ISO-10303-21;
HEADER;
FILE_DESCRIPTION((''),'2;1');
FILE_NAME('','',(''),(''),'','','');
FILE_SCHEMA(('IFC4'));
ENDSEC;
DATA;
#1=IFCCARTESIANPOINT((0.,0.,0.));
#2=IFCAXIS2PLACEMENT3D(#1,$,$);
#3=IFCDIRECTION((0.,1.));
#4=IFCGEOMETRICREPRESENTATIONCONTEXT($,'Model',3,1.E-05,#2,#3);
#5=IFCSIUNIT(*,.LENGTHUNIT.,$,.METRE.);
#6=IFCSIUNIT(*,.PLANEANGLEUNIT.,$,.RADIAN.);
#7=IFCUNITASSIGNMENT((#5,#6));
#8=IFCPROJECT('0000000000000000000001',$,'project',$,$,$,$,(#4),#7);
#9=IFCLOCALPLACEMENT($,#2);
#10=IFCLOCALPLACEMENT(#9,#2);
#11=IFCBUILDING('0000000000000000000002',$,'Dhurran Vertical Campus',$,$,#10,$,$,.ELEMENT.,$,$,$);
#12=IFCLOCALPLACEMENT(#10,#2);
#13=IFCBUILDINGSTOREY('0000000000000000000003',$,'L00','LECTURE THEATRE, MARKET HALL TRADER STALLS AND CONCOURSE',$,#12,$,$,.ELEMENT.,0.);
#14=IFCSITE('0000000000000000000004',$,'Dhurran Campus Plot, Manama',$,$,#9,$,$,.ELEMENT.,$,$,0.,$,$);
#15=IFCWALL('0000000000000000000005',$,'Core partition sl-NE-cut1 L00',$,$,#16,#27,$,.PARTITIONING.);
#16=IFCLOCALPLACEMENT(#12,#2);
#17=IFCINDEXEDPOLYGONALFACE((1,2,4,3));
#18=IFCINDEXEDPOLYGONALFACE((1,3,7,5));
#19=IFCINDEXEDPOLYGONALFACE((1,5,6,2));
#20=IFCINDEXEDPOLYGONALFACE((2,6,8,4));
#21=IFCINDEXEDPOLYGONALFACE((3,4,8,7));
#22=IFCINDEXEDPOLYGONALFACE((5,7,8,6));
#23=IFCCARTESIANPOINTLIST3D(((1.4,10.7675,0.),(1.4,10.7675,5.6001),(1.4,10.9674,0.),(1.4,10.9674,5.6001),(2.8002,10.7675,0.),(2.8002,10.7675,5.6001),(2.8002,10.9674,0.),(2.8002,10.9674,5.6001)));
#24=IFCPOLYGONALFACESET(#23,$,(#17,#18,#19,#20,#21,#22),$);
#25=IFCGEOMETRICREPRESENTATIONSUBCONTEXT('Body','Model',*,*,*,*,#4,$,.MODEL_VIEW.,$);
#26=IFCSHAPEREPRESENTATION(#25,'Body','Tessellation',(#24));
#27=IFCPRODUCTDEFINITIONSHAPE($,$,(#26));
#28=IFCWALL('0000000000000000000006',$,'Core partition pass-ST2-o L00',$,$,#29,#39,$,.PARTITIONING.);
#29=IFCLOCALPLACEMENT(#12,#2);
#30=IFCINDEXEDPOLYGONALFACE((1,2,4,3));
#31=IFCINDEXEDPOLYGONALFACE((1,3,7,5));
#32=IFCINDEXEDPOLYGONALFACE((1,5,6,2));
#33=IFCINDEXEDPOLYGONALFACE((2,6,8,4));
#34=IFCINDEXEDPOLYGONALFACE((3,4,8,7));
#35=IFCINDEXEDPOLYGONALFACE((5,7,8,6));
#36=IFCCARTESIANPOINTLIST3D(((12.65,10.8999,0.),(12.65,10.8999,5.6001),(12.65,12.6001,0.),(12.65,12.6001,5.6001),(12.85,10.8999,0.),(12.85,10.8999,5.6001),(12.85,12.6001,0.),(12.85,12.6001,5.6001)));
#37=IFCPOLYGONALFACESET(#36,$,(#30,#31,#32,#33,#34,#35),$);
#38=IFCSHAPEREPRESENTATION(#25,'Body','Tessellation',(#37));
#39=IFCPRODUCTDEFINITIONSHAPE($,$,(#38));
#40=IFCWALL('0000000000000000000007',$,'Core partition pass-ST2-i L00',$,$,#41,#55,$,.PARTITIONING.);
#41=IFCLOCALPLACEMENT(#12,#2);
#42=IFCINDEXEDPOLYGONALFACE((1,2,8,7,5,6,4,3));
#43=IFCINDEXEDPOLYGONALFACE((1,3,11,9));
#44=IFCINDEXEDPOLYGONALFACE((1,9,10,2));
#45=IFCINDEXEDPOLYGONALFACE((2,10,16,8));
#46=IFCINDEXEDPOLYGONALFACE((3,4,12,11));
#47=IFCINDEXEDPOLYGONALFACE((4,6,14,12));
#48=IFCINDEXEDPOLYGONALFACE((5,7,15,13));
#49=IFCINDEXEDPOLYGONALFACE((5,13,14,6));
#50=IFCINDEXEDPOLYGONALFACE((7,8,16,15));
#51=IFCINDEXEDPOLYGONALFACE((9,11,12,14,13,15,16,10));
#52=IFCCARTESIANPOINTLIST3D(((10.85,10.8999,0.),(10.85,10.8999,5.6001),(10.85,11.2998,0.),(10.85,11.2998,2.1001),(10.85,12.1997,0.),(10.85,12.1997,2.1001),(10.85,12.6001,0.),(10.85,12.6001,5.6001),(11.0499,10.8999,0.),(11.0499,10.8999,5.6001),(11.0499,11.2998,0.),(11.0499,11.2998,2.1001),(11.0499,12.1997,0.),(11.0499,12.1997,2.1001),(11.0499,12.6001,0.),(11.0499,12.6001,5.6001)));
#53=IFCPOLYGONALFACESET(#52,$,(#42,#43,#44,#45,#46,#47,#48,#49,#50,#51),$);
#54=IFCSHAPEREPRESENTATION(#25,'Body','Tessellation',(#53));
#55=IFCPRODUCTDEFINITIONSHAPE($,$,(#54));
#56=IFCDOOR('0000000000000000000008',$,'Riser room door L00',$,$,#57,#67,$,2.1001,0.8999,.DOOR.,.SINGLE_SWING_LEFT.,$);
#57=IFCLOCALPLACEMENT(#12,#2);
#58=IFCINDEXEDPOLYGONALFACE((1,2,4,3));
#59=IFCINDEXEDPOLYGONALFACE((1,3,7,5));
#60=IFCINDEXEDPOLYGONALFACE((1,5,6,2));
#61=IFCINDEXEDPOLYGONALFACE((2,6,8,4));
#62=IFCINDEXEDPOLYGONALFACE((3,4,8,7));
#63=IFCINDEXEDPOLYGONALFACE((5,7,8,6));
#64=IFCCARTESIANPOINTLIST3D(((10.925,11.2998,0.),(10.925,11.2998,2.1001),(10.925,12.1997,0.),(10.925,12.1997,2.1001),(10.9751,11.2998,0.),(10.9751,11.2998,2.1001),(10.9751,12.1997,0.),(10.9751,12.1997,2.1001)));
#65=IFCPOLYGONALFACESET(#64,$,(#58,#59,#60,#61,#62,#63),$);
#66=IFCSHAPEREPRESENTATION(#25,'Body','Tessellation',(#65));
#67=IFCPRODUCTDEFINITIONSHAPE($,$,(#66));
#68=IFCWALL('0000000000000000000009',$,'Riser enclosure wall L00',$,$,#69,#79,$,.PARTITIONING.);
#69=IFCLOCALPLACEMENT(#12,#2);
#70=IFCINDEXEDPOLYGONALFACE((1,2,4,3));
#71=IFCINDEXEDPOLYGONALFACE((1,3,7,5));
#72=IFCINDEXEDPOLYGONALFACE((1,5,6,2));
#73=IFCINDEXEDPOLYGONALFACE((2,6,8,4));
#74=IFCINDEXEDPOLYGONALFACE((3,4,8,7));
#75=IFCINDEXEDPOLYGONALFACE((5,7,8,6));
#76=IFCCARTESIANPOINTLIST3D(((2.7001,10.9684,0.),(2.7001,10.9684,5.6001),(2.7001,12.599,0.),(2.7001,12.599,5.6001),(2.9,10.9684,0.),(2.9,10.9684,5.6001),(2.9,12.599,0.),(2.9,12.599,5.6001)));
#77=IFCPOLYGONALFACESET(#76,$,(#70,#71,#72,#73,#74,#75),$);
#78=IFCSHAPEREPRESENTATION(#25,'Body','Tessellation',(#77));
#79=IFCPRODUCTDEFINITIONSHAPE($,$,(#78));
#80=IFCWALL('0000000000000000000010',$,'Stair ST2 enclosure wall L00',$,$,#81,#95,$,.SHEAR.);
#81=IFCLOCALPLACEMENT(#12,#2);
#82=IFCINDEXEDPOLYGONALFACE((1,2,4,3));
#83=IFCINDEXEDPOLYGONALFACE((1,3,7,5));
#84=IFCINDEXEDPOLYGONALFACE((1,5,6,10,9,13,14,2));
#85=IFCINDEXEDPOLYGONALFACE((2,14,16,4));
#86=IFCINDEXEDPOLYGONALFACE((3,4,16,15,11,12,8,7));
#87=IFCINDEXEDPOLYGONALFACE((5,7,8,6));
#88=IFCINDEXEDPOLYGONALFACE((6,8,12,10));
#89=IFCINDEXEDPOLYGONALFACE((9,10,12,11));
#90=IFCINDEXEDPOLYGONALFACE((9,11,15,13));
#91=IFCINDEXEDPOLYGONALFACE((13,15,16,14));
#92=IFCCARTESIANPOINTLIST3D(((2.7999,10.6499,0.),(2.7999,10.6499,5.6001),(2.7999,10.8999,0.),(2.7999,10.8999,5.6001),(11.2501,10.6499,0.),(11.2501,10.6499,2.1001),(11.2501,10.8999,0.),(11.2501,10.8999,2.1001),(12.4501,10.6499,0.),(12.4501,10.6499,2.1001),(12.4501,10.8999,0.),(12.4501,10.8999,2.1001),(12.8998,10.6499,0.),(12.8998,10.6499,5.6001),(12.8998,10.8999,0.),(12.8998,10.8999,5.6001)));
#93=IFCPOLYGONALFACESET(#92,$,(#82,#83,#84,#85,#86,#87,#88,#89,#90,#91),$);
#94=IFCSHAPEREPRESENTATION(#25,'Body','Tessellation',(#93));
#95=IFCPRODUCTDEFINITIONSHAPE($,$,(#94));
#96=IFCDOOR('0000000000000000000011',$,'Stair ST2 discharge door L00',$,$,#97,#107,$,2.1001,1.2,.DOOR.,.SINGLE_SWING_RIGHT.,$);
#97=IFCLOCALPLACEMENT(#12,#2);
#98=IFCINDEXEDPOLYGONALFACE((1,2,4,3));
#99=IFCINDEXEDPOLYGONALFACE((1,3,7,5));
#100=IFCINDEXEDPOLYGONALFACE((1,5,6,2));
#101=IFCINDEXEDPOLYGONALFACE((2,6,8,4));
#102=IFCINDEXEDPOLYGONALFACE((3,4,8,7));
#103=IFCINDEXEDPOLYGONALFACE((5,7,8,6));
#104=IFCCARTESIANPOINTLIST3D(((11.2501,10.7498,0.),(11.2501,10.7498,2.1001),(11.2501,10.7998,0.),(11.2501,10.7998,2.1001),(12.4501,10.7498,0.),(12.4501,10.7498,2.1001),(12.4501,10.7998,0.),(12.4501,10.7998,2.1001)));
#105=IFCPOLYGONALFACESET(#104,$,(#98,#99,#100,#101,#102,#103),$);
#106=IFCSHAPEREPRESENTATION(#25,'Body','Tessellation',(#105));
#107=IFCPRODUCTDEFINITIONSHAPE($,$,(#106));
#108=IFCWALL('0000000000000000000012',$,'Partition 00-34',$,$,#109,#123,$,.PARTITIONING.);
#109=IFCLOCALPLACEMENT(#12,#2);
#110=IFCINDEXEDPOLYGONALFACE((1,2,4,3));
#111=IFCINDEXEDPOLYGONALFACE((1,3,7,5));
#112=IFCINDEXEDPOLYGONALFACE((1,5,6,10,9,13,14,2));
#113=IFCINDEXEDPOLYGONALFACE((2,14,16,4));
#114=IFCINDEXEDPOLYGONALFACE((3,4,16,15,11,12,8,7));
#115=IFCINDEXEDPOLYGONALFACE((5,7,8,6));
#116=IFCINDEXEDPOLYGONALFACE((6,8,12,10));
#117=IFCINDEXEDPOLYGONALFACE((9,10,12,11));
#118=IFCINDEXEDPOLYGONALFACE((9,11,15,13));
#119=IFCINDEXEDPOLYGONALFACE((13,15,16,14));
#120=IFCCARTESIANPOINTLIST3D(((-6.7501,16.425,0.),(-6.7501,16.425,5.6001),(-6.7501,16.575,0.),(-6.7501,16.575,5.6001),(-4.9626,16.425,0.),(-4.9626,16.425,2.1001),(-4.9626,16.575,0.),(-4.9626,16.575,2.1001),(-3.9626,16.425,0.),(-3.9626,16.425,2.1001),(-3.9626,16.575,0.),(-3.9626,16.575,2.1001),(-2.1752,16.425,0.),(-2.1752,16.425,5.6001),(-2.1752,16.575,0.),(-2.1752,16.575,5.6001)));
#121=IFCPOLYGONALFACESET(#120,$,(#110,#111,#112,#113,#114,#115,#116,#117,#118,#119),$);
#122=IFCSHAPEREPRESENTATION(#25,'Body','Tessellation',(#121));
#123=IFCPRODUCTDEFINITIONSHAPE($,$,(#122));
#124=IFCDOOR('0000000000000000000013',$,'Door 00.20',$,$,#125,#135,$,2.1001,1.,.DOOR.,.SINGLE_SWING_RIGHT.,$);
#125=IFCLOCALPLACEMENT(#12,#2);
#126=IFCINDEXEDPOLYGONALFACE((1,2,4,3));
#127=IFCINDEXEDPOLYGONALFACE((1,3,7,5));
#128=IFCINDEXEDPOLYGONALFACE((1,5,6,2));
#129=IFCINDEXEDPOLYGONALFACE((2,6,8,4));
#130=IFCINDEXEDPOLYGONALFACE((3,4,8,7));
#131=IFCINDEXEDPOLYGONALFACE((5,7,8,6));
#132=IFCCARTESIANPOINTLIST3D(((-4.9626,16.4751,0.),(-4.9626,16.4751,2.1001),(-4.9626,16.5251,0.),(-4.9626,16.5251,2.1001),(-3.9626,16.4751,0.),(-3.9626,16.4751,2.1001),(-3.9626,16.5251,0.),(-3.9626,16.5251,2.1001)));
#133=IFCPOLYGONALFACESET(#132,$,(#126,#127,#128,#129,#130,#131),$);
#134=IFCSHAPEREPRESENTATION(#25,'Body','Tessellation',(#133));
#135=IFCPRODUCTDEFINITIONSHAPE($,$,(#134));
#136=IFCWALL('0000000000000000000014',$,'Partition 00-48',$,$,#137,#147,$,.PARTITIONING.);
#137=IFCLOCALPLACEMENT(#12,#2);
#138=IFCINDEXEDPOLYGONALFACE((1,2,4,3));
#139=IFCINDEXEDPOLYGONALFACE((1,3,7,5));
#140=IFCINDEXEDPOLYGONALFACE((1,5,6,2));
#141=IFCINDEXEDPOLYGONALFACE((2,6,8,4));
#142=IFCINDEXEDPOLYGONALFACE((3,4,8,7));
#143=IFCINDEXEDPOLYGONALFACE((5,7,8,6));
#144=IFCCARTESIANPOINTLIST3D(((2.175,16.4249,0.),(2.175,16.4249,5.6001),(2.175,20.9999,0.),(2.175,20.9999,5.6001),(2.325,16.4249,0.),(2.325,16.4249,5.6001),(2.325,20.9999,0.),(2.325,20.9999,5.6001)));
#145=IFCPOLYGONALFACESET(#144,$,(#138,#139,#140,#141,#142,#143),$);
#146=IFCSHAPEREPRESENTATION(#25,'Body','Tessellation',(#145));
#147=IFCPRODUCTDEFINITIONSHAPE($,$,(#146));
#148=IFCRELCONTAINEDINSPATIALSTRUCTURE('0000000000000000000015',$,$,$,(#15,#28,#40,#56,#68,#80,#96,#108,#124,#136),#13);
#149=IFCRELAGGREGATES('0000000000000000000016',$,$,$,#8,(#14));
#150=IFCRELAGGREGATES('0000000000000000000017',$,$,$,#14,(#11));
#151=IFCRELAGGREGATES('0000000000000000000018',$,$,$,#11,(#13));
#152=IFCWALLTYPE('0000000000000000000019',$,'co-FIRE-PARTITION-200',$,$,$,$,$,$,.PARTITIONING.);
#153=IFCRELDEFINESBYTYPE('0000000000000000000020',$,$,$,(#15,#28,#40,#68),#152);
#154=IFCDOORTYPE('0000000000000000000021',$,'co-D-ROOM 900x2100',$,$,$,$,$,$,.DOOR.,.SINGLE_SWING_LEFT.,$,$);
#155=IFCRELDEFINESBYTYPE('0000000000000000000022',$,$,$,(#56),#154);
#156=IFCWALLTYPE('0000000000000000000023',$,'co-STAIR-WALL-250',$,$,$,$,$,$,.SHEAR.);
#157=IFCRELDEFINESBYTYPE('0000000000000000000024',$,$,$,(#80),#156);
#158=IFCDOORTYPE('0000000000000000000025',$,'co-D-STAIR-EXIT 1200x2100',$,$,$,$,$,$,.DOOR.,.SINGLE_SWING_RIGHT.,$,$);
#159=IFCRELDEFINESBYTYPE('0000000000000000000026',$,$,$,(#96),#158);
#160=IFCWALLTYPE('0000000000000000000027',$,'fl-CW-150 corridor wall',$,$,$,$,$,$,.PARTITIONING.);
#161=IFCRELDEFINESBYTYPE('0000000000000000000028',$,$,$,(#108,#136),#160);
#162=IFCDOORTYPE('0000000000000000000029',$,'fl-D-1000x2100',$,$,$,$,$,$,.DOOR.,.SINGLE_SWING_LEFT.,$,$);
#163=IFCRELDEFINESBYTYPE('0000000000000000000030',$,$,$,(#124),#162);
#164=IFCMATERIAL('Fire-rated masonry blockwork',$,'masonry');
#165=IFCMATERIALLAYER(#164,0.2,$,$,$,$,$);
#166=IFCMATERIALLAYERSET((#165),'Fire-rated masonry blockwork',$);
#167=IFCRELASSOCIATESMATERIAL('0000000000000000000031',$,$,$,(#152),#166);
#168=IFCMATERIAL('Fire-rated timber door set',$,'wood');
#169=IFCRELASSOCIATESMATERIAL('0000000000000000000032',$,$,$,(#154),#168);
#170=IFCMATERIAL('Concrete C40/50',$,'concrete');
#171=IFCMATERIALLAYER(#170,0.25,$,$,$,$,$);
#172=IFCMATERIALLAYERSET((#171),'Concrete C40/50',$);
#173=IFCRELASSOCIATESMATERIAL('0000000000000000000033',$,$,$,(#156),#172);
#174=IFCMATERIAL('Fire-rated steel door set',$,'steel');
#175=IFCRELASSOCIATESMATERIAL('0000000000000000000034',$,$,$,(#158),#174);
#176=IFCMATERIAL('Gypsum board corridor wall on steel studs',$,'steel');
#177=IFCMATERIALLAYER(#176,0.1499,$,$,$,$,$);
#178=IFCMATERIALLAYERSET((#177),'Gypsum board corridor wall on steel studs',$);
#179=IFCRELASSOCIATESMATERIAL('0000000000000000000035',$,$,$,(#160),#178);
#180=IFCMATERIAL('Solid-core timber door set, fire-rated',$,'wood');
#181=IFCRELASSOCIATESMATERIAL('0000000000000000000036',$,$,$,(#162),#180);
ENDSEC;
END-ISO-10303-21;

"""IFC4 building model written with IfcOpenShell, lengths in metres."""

from ifc_helpers import new_model, si_unit, direction, frame, frame_2d, origin, place, context, subcontext, project, spatial, rectangle, extrude, material, layer, layer_set, type_object, element, fill, save


model = new_model("IFC4")

# Units and contexts
model_context = context("Model", 3, precision=1e-05, world=origin(), true_north=direction((0.0, 1.0)))
body_context = subcontext(model_context, "Body", "Model", "MODEL_VIEW")
ifc_project = project(units=[si_unit("LENGTHUNIT", "METRE"), si_unit("PLANEANGLEUNIT", "RADIAN")], contexts=[model_context])

# Site, building, storey
site_placement = place(None, origin())
site = spatial("IfcSite", under=ifc_project, at=site_placement, Name="Dhurran Campus Plot, Manama", CompositionType="ELEMENT", RefElevation=0.0)
building_placement = place(site_placement, origin())
building = spatial("IfcBuilding", under=site, at=building_placement, Name="Dhurran Vertical Campus", CompositionType="ELEMENT")
storey_placement = place(building_placement, origin())
storey = spatial("IfcBuildingStorey", under=building, at=storey_placement, Name="L00", Description="LECTURE THEATRE, MARKET HALL TRADER STALLS AND CONCOURSE", CompositionType="ELEMENT", Elevation=0.0)

# Walls
ifc_material_1 = material(Name="Fire-rated masonry blockwork", Category="masonry")
ifc_layer_1 = layer(ifc_material_1, 0.2)
ifc_layer_set_1 = layer_set([ifc_layer_1], Name="Fire-rated masonry blockwork")
wall_type_1 = type_object("IfcWallType", Name="co-FIRE-PARTITION-200", PredefinedType="PARTITIONING", material=ifc_layer_set_1)
wall_1_placement = place(storey_placement, frame((1.3999, 10.8674, 0.0), z_axis=(0.0, 0.0, 1.0), x_axis=(1.0, 0.0, 0.0)))
element("IfcWall", 1, at=wall_1_placement, inside=storey, type_object=wall_type_1, Name="Core partition sl-NE-cut1 L00", PredefinedType="PARTITIONING", context=body_context, shape_type="SweptSolid", body=[
    extrude(rectangle(XDim=1.4001, YDim=0.2, at=frame_2d((0.7002, 0.0))), origin(), (0.0, 0.0, 1.0), 5.6001),
])
wall_2_placement = place(storey_placement, frame((12.75, 10.8999, 0.0), z_axis=(0.0, 0.0, 1.0), x_axis=(0.0, 1.0, 0.0)))
element("IfcWall", 2, at=wall_2_placement, inside=storey, type_object=wall_type_1, Name="Core partition pass-ST2-o L00", PredefinedType="PARTITIONING", context=body_context, shape_type="SweptSolid", body=[
    extrude(rectangle(XDim=1.7002, YDim=0.2, at=frame_2d((0.8501, 0.0))), origin(), (0.0, 0.0, 1.0), 5.6001),
])

# Wall, opening, door
wall_3_placement = place(storey_placement, frame((10.95, 10.8999, 0.0), z_axis=(0.0, 0.0, 1.0), x_axis=(0.0, 1.0, 0.0)))
wall_3 = element("IfcWall", 3, at=wall_3_placement, inside=storey, type_object=wall_type_1, Name="Core partition pass-ST2-i L00", PredefinedType="PARTITIONING", context=body_context, shape_type="SweptSolid", body=[
    extrude(rectangle(XDim=1.7002, YDim=0.2, at=frame_2d((0.8501, 0.0))), origin(), (0.0, 0.0, 1.0), 5.6001),
])
opening_1_placement = place(wall_3_placement, frame((0.3999, 0.0, 0.0)))
opening_1 = element("IfcOpeningElement", 4, at=opening_1_placement, cuts=wall_3, PredefinedType="OPENING", context=body_context, shape_type="SweptSolid", body=[
    extrude(rectangle(XDim=0.8999, YDim=2.1001, at=frame_2d((0.45, 1.05))), frame((0.0, 0.1099, 0.0), z_axis=(0.0, -1.0, 0.0), x_axis=(1.0, 0.0, 0.0)), (0.0, 0.0, 1.0), 0.22),
])
ifc_material_2 = material(Name="Fire-rated timber door set", Category="wood")
door_type_1 = type_object("IfcDoorType", Name="co-D-ROOM 900x2100", OperationType="SINGLE_SWING_LEFT", PredefinedType="DOOR", material=ifc_material_2)
door_1_placement = place(opening_1_placement, origin())
door_1 = element("IfcDoor", 5, at=door_1_placement, inside=storey, type_object=door_type_1, Name="Riser room door L00", OperationType="SINGLE_SWING_LEFT", OverallHeight=2.1001, OverallWidth=0.8999, PredefinedType="DOOR", context=body_context, shape_type="SweptSolid", body=[
    extrude(rectangle(XDim=0.8999, YDim=2.1001, at=frame_2d((0.45, 1.05))), frame((0.0, 0.0249, 0.0), z_axis=(0.0, -1.0, 0.0), x_axis=(1.0, 0.0, 0.0)), (0.0, 0.0, 1.0), 0.05),
])
fill(opening_1, door_1)

# Wall
wall_4_placement = place(storey_placement, frame((2.8, 12.5991, 0.0), z_axis=(0.0, 0.0, 1.0), x_axis=(0.0, -1.0, 0.0)))
element("IfcWall", 6, at=wall_4_placement, inside=storey, type_object=wall_type_1, Name="Riser enclosure wall L00", PredefinedType="PARTITIONING", context=body_context, shape_type="SweptSolid", body=[
    extrude(rectangle(XDim=1.6306, YDim=0.2, at=frame_2d((0.8154, 0.0))), origin(), (0.0, 0.0, 1.0), 5.6001),
])

# Walls, openings, doors
ifc_material_3 = material(Name="Concrete C40/50", Category="concrete")
ifc_layer_2 = layer(ifc_material_3, 0.25)
ifc_layer_set_2 = layer_set([ifc_layer_2], Name="Concrete C40/50")
wall_type_2 = type_object("IfcWallType", Name="co-STAIR-WALL-250", PredefinedType="SHEAR", material=ifc_layer_set_2)
wall_5_placement = place(storey_placement, frame((2.8, 10.7749, 0.0), z_axis=(0.0, 0.0, 1.0), x_axis=(1.0, 0.0, 0.0)))
wall_5 = element("IfcWall", 7, at=wall_5_placement, inside=storey, type_object=wall_type_2, Name="Stair ST2 enclosure wall L00", PredefinedType="SHEAR", context=body_context, shape_type="SweptSolid", body=[
    extrude(rectangle(XDim=10.0999, YDim=0.25, at=frame_2d((5.0498, 0.0))), origin(), (0.0, 0.0, 1.0), 5.6001),
])
opening_2_placement = place(wall_5_placement, frame((8.45, 0.0, 0.0)))
opening_2 = element("IfcOpeningElement", 8, at=opening_2_placement, cuts=wall_5, PredefinedType="OPENING", context=body_context, shape_type="SweptSolid", body=[
    extrude(rectangle(XDim=1.2, YDim=2.1001, at=frame_2d((0.6001, 1.05))), frame((0.0, 0.135, 0.0), z_axis=(0.0, -1.0, 0.0), x_axis=(1.0, 0.0, 0.0)), (0.0, 0.0, 1.0), 0.27),
])
ifc_material_4 = material(Name="Fire-rated steel door set", Category="steel")
door_type_2 = type_object("IfcDoorType", Name="co-D-STAIR-EXIT 1200x2100", OperationType="SINGLE_SWING_RIGHT", PredefinedType="DOOR", material=ifc_material_4)
door_2_placement = place(opening_2_placement, origin())
door_2 = element("IfcDoor", 9, at=door_2_placement, inside=storey, type_object=door_type_2, Name="Stair ST2 discharge door L00", OperationType="SINGLE_SWING_RIGHT", OverallHeight=2.1001, OverallWidth=1.2, PredefinedType="DOOR", context=body_context, shape_type="SweptSolid", body=[
    extrude(rectangle(XDim=1.2, YDim=2.1001, at=frame_2d((0.6001, 1.05))), frame((0.0, 0.0249, 0.0), z_axis=(0.0, -1.0, 0.0), x_axis=(1.0, 0.0, 0.0)), (0.0, 0.0, 1.0), 0.05),
])
fill(opening_2, door_2)
ifc_material_5 = material(Name="Gypsum board corridor wall on steel studs", Category="steel")
ifc_layer_3 = layer(ifc_material_5, 0.1499)
ifc_layer_set_3 = layer_set([ifc_layer_3], Name="Gypsum board corridor wall on steel studs")
wall_type_3 = type_object("IfcWallType", Name="fl-CW-150 corridor wall", PredefinedType="PARTITIONING", material=ifc_layer_set_3)
wall_6_placement = place(storey_placement, frame((-2.175, 16.5, 0.0), z_axis=(0.0, 0.0, 1.0), x_axis=(-1.0, 0.0, 0.0)))
wall_6 = element("IfcWall", 10, at=wall_6_placement, inside=storey, type_object=wall_type_3, Name="Partition 00-34", PredefinedType="PARTITIONING", context=body_context, shape_type="SweptSolid", body=[
    extrude(rectangle(XDim=4.575, YDim=0.1499, at=frame_2d((2.2876, 0.0))), origin(), (0.0, 0.0, 1.0), 5.6001),
])
opening_3_placement = place(wall_6_placement, frame((1.7876, 0.0, 0.0)))
opening_3 = element("IfcOpeningElement", 11, at=opening_3_placement, cuts=wall_6, PredefinedType="OPENING", context=body_context, shape_type="SweptSolid", body=[
    extrude(rectangle(XDim=1.0, YDim=2.1001, at=frame_2d((0.5, 1.05))), frame((0.0, 0.085, 0.0), z_axis=(0.0, -1.0, 0.0), x_axis=(1.0, 0.0, 0.0)), (0.0, 0.0, 1.0), 0.1699),
])
ifc_material_6 = material(Name="Solid-core timber door set, fire-rated", Category="wood")
door_type_3 = type_object("IfcDoorType", Name="fl-D-1000x2100", OperationType="SINGLE_SWING_LEFT", PredefinedType="DOOR", material=ifc_material_6)
door_3_placement = place(opening_3_placement, origin())
door_3 = element("IfcDoor", 12, at=door_3_placement, inside=storey, type_object=door_type_3, Name="Door 00.20", OperationType="SINGLE_SWING_RIGHT", OverallHeight=2.1001, OverallWidth=1.0, PredefinedType="DOOR", context=body_context, shape_type="SweptSolid", body=[
    extrude(rectangle(XDim=1.0, YDim=2.1001, at=frame_2d((0.5, 1.05))), frame((0.0, 0.0249, 0.0), z_axis=(0.0, -1.0, 0.0), x_axis=(1.0, 0.0, 0.0)), (0.0, 0.0, 1.0), 0.05),
])
fill(opening_3, door_3)

# Wall
wall_7_placement = place(storey_placement, frame((2.25, 21.0, 0.0), z_axis=(0.0, 0.0, 1.0), x_axis=(0.0, -1.0, 0.0)))
element("IfcWall", 13, at=wall_7_placement, inside=storey, type_object=wall_type_3, Name="Partition 00-48", PredefinedType="PARTITIONING", context=body_context, shape_type="SweptSolid", body=[
    extrude(rectangle(XDim=4.575, YDim=0.1499, at=frame_2d((2.2876, 0.0))), origin(), (0.0, 0.0, 1.0), 5.6001),
])

save(model, "model.ifc")
